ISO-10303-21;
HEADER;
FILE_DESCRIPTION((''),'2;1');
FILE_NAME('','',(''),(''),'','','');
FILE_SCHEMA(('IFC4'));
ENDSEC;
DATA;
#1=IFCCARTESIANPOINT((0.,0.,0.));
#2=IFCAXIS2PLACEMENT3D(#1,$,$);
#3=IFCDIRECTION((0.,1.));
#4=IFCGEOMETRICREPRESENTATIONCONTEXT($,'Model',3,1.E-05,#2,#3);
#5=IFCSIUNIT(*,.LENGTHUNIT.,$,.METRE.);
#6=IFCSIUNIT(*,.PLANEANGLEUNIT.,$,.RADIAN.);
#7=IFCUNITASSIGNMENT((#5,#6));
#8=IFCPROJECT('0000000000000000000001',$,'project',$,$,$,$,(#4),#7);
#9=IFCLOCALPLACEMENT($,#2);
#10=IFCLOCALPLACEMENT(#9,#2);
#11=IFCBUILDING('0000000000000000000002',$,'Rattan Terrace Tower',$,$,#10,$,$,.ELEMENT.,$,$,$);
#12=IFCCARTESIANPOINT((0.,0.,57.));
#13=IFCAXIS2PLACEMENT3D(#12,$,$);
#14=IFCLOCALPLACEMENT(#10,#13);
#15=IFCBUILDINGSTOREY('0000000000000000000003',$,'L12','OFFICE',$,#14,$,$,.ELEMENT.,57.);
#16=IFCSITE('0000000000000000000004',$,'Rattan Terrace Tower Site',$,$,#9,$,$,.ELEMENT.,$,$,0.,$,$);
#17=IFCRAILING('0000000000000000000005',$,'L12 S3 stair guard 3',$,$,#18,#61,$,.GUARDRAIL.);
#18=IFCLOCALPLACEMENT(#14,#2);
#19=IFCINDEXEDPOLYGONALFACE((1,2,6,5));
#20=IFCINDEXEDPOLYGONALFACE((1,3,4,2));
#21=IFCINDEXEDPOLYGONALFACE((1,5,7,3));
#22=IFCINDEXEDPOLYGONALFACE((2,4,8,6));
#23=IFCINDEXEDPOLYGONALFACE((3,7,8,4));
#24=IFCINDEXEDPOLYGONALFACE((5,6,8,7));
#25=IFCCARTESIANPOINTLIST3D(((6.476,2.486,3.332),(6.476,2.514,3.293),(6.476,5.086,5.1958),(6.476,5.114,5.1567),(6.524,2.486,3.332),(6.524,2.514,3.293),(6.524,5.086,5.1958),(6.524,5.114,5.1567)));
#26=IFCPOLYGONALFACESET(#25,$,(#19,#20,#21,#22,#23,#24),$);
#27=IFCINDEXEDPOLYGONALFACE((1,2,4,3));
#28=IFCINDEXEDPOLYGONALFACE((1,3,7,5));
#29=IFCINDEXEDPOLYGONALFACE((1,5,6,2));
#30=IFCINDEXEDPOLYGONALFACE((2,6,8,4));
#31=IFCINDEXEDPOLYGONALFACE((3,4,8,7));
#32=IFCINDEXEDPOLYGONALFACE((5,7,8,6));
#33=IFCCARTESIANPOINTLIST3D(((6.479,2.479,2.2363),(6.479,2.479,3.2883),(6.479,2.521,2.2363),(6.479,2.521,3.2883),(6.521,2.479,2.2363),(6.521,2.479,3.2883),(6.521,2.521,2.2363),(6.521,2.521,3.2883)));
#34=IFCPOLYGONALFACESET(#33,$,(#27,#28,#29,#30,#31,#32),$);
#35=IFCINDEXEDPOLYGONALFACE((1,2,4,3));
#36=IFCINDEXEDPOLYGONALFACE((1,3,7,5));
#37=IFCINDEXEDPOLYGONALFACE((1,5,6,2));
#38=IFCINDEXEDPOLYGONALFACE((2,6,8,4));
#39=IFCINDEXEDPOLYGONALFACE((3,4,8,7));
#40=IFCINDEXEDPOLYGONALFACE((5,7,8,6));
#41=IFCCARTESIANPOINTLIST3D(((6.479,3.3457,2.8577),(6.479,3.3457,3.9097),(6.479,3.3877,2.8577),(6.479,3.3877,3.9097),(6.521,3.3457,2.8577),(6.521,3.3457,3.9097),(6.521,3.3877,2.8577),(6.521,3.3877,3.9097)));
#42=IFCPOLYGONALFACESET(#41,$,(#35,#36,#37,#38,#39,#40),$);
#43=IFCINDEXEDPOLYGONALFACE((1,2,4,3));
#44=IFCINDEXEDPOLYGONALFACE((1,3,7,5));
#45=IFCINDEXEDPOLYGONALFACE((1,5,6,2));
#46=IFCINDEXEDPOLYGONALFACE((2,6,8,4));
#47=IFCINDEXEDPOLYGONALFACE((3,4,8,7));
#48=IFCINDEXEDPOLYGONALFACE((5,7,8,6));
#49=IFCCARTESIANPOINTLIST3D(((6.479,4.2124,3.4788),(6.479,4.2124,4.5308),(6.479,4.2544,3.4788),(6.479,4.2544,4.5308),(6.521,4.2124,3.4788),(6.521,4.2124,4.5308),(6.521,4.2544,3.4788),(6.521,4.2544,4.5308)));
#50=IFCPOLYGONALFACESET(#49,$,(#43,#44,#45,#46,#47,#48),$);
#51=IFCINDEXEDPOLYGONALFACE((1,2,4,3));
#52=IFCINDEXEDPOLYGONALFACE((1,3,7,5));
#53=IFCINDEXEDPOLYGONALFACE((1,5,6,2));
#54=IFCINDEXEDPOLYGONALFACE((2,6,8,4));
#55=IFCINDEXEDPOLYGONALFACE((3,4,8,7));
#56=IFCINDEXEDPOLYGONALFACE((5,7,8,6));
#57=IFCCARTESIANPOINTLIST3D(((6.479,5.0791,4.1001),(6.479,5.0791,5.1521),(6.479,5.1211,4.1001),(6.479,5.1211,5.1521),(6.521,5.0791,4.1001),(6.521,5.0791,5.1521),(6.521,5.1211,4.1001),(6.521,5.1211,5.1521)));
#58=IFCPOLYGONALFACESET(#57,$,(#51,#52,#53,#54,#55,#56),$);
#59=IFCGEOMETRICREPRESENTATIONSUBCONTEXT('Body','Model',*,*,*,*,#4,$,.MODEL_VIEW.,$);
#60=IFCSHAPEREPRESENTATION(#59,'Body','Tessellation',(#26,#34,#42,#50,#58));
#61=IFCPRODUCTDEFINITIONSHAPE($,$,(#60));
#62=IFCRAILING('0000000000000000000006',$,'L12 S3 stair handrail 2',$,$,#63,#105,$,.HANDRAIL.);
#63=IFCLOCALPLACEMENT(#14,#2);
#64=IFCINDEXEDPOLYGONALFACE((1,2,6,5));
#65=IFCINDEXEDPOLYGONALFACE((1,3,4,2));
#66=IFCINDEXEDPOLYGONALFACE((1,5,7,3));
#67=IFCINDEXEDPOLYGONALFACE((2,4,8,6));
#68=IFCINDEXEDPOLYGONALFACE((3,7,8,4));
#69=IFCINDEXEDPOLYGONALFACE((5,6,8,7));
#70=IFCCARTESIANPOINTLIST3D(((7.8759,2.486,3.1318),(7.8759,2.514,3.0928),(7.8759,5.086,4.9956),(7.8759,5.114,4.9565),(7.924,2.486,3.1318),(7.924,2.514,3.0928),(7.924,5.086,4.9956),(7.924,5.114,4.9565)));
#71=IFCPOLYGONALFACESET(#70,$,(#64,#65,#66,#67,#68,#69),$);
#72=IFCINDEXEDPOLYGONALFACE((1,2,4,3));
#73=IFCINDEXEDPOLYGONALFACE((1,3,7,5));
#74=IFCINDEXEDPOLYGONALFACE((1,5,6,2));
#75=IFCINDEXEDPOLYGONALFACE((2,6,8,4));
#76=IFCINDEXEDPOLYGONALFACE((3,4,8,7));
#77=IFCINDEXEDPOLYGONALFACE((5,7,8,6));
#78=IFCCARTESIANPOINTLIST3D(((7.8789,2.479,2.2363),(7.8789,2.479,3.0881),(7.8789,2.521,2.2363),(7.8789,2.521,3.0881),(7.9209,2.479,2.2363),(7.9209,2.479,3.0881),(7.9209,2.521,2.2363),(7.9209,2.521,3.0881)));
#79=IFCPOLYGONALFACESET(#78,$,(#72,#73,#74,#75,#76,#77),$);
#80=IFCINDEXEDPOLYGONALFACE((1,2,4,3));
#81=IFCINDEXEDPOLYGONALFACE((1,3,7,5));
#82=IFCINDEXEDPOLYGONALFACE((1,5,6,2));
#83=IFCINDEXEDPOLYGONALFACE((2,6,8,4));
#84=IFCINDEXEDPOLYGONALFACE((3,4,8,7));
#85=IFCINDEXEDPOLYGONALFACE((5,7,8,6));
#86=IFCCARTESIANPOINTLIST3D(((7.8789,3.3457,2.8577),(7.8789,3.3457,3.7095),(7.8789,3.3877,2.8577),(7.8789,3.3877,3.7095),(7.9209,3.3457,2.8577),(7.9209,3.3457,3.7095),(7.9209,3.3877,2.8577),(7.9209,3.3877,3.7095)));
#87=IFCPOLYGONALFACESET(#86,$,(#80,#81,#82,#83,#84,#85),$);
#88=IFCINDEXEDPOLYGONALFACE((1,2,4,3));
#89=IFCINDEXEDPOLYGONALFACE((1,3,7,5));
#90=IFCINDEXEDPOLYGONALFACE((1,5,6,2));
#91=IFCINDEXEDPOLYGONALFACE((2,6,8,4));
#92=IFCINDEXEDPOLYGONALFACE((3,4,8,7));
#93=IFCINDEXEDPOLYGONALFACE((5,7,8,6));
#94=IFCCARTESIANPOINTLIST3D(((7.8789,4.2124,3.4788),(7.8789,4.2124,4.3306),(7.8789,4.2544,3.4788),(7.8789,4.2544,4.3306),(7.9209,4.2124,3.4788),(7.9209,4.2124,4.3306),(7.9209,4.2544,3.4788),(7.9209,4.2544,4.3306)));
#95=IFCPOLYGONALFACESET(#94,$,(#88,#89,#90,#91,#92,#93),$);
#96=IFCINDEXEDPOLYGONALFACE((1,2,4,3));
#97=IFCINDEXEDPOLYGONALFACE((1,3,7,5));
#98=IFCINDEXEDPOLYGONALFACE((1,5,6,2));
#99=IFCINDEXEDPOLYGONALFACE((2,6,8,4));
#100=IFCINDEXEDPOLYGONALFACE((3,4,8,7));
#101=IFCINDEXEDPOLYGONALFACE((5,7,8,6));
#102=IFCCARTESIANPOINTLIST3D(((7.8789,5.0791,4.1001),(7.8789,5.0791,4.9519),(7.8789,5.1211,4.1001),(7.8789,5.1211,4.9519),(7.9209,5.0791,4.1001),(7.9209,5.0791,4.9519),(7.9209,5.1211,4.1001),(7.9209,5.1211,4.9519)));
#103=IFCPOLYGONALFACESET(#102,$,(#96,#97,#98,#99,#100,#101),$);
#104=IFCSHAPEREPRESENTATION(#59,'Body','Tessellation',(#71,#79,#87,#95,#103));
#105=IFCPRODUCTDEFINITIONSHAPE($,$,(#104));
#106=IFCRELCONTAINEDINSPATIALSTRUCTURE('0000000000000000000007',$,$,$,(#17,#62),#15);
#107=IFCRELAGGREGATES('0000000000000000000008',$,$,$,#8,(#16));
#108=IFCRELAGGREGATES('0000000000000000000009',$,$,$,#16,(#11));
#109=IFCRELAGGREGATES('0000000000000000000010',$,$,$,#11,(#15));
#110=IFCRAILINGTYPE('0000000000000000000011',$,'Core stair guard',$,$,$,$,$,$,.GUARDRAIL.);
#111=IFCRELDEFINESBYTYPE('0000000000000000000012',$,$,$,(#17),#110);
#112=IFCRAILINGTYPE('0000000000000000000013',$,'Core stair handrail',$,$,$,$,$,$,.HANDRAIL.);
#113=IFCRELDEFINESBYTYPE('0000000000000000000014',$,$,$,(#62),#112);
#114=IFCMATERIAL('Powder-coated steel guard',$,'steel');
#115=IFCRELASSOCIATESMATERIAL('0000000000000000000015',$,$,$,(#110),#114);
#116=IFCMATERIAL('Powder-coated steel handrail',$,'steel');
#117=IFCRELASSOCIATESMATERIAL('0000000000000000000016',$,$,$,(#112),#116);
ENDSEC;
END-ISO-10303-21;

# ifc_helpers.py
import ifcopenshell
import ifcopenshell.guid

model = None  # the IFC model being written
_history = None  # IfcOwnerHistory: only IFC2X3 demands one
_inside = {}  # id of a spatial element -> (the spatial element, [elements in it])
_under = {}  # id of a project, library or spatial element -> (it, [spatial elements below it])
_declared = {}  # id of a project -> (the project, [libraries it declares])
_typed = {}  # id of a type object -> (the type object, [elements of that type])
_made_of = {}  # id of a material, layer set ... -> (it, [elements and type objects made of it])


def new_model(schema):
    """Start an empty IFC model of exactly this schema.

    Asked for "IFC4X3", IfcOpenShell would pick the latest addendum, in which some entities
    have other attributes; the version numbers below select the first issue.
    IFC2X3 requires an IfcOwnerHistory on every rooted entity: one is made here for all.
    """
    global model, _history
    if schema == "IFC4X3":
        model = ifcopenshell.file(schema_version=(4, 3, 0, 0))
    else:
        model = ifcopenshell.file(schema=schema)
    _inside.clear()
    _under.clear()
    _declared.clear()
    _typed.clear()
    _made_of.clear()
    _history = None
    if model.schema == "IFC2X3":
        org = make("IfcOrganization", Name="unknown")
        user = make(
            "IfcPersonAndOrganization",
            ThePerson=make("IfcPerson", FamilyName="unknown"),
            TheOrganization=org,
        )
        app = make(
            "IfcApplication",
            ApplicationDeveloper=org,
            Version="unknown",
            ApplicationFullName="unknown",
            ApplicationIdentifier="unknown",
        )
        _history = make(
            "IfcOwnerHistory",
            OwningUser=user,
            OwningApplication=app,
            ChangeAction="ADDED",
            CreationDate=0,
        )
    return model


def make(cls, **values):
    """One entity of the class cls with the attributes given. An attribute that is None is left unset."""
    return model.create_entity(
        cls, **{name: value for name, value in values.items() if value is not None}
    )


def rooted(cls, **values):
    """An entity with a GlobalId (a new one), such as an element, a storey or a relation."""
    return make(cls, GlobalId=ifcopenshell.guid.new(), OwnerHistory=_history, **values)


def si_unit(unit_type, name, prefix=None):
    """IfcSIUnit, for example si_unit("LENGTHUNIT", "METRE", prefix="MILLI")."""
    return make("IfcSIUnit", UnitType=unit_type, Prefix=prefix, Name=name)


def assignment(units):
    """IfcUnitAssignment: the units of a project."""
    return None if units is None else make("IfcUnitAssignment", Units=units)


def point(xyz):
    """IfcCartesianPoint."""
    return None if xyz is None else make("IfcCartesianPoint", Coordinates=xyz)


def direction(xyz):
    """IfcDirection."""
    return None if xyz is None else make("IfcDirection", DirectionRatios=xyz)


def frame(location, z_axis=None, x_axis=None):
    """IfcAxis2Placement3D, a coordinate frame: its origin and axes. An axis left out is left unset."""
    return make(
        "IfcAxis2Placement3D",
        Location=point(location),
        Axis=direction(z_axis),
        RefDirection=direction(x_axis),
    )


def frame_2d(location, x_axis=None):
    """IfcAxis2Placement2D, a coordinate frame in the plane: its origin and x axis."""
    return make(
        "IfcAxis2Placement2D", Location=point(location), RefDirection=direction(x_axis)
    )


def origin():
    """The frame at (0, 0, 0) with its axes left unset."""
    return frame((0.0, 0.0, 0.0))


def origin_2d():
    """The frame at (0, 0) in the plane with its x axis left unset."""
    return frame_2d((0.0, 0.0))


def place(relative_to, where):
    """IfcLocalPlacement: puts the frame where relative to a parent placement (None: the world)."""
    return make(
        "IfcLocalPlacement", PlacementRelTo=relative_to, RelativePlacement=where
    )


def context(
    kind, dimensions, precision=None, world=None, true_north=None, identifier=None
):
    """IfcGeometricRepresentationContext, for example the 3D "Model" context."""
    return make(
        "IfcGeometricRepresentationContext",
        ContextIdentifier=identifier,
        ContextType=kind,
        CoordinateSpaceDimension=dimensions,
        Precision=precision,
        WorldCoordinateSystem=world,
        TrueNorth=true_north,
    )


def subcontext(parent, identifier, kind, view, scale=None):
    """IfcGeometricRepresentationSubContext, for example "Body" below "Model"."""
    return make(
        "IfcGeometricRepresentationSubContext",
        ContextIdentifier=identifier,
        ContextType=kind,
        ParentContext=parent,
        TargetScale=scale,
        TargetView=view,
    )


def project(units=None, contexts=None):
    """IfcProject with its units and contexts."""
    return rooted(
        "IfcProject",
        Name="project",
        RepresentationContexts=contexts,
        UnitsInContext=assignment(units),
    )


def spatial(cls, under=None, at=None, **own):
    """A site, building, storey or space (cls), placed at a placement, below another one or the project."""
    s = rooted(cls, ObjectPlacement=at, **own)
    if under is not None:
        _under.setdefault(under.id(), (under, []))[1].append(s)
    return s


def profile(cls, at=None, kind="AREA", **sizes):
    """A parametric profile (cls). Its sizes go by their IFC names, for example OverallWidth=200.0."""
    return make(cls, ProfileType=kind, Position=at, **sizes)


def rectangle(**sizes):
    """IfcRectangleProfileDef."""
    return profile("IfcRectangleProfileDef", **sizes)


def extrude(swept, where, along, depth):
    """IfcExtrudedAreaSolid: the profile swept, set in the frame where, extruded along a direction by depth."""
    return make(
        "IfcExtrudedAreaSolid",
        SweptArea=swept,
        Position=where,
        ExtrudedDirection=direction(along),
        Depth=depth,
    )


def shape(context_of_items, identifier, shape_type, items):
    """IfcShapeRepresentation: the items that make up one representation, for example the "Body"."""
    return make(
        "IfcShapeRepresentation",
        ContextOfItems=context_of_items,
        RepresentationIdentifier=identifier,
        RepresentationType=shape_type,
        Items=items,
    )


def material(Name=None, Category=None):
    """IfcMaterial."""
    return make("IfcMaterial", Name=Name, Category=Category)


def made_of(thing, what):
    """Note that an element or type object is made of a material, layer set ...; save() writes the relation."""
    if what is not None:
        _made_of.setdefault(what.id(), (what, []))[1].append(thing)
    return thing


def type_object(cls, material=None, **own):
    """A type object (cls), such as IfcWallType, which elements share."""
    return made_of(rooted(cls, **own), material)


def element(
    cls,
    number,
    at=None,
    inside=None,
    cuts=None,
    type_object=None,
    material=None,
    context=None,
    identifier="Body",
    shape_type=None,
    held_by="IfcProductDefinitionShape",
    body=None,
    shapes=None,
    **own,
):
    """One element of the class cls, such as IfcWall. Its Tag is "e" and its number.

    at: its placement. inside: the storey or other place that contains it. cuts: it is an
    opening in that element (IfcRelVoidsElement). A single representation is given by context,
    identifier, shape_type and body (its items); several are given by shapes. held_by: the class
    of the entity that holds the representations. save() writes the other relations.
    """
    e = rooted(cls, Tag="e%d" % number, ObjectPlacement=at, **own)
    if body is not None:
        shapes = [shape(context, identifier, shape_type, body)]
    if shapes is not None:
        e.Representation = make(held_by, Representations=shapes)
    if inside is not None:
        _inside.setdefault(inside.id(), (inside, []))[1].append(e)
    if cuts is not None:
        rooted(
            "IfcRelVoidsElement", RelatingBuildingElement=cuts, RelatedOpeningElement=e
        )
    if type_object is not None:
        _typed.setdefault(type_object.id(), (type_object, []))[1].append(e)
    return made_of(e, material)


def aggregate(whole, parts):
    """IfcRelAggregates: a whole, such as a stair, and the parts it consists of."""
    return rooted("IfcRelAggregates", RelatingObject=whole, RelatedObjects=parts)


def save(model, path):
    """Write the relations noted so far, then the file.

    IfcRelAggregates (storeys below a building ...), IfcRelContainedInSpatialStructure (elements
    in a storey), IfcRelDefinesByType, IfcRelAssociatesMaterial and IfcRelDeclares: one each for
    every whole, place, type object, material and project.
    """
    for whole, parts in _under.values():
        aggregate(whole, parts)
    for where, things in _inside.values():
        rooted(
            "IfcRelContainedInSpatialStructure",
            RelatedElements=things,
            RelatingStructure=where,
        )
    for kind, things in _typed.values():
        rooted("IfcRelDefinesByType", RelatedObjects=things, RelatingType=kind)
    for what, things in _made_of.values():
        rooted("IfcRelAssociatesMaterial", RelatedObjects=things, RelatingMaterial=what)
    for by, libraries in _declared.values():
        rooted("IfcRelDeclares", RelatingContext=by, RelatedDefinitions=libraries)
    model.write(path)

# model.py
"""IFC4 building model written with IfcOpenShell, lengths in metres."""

from ifc_helpers import new_model, si_unit, direction, frame, origin, origin_2d, place, context, subcontext, project, spatial, rectangle, extrude, material, type_object, element, save


model = new_model("IFC4")

# Units and contexts
model_context = context("Model", 3, precision=1e-05, world=origin(), true_north=direction((0.0, 1.0)))
body_context = subcontext(model_context, "Body", "Model", "MODEL_VIEW")
ifc_project = project(units=[si_unit("LENGTHUNIT", "METRE"), si_unit("PLANEANGLEUNIT", "RADIAN")], contexts=[model_context])

# Site, building, storey
site_placement = place(None, origin())
site = spatial("IfcSite", under=ifc_project, at=site_placement, Name="Rattan Terrace Tower Site", CompositionType="ELEMENT", RefElevation=0.0)
building_placement = place(site_placement, origin())
building = spatial("IfcBuilding", under=site, at=building_placement, Name="Rattan Terrace Tower", CompositionType="ELEMENT")
storey_placement = place(building_placement, frame((0.0, 0.0, 57.0)))
storey = spatial("IfcBuildingStorey", under=building, at=storey_placement, Name="L12", Description="OFFICE", CompositionType="ELEMENT", Elevation=57.0)

# Railings
ifc_material_1 = material(Name="Powder-coated steel guard", Category="steel")
railing_type_1 = type_object("IfcRailingType", Name="Core stair guard", PredefinedType="GUARDRAIL", material=ifc_material_1)
railing_1_placement = place(storey_placement, frame((6.5, 2.5, 2.2363)))
element("IfcRailing", 1, at=railing_1_placement, inside=storey, type_object=railing_type_1, Name="L12 S3 stair guard 3", PredefinedType="GUARDRAIL", context=body_context, shape_type="SweptSolid", body=[
    extrude(rectangle(XDim=0.0481, YDim=0.0481, at=origin_2d()), frame((0.0, 0.0, 1.0762), z_axis=(0.0, 0.812763, 0.582595), x_axis=(-1.0, 0.0, 0.0)), (0.0, 0.0, 1.0), 3.199),
    extrude(rectangle(XDim=0.042, YDim=0.042, at=origin_2d()), origin(), (0.0, 0.0, 1.0), 1.052),
    extrude(rectangle(XDim=0.042, YDim=0.042, at=origin_2d()), frame((0.0, 0.8667, 0.6213)), (0.0, 0.0, 1.0), 1.052),
    extrude(rectangle(XDim=0.042, YDim=0.042, at=origin_2d()), frame((0.0, 1.7334, 1.2424)), (0.0, 0.0, 1.0), 1.052),
    extrude(rectangle(XDim=0.042, YDim=0.042, at=origin_2d()), frame((0.0, 2.6001, 1.8638)), (0.0, 0.0, 1.0), 1.052),
])
ifc_material_2 = material(Name="Powder-coated steel handrail", Category="steel")
railing_type_2 = type_object("IfcRailingType", Name="Core stair handrail", PredefinedType="HANDRAIL", material=ifc_material_2)
railing_2_placement = place(storey_placement, frame((7.8999, 2.5, 2.2363)))
element("IfcRailing", 2, at=railing_2_placement, inside=storey, type_object=railing_type_2, Name="L12 S3 stair handrail 2", PredefinedType="HANDRAIL", context=body_context, shape_type="SweptSolid", body=[
    extrude(rectangle(XDim=0.0481, YDim=0.0481, at=origin_2d()), frame((0.0, 0.0, 0.876), z_axis=(0.0, 0.812763, 0.582595), x_axis=(-1.0, 0.0, 0.0)), (0.0, 0.0, 1.0), 3.199),
    extrude(rectangle(XDim=0.042, YDim=0.042, at=origin_2d()), origin(), (0.0, 0.0, 1.0), 0.8518),
    extrude(rectangle(XDim=0.042, YDim=0.042, at=origin_2d()), frame((0.0, 0.8667, 0.6213)), (0.0, 0.0, 1.0), 0.8518),
    extrude(rectangle(XDim=0.042, YDim=0.042, at=origin_2d()), frame((0.0, 1.7334, 1.2424)), (0.0, 0.0, 1.0), 0.8518),
    extrude(rectangle(XDim=0.042, YDim=0.042, at=origin_2d()), frame((0.0, 2.6001, 1.8638)), (0.0, 0.0, 1.0), 0.8518),
])

save(model, "model.ifc")
